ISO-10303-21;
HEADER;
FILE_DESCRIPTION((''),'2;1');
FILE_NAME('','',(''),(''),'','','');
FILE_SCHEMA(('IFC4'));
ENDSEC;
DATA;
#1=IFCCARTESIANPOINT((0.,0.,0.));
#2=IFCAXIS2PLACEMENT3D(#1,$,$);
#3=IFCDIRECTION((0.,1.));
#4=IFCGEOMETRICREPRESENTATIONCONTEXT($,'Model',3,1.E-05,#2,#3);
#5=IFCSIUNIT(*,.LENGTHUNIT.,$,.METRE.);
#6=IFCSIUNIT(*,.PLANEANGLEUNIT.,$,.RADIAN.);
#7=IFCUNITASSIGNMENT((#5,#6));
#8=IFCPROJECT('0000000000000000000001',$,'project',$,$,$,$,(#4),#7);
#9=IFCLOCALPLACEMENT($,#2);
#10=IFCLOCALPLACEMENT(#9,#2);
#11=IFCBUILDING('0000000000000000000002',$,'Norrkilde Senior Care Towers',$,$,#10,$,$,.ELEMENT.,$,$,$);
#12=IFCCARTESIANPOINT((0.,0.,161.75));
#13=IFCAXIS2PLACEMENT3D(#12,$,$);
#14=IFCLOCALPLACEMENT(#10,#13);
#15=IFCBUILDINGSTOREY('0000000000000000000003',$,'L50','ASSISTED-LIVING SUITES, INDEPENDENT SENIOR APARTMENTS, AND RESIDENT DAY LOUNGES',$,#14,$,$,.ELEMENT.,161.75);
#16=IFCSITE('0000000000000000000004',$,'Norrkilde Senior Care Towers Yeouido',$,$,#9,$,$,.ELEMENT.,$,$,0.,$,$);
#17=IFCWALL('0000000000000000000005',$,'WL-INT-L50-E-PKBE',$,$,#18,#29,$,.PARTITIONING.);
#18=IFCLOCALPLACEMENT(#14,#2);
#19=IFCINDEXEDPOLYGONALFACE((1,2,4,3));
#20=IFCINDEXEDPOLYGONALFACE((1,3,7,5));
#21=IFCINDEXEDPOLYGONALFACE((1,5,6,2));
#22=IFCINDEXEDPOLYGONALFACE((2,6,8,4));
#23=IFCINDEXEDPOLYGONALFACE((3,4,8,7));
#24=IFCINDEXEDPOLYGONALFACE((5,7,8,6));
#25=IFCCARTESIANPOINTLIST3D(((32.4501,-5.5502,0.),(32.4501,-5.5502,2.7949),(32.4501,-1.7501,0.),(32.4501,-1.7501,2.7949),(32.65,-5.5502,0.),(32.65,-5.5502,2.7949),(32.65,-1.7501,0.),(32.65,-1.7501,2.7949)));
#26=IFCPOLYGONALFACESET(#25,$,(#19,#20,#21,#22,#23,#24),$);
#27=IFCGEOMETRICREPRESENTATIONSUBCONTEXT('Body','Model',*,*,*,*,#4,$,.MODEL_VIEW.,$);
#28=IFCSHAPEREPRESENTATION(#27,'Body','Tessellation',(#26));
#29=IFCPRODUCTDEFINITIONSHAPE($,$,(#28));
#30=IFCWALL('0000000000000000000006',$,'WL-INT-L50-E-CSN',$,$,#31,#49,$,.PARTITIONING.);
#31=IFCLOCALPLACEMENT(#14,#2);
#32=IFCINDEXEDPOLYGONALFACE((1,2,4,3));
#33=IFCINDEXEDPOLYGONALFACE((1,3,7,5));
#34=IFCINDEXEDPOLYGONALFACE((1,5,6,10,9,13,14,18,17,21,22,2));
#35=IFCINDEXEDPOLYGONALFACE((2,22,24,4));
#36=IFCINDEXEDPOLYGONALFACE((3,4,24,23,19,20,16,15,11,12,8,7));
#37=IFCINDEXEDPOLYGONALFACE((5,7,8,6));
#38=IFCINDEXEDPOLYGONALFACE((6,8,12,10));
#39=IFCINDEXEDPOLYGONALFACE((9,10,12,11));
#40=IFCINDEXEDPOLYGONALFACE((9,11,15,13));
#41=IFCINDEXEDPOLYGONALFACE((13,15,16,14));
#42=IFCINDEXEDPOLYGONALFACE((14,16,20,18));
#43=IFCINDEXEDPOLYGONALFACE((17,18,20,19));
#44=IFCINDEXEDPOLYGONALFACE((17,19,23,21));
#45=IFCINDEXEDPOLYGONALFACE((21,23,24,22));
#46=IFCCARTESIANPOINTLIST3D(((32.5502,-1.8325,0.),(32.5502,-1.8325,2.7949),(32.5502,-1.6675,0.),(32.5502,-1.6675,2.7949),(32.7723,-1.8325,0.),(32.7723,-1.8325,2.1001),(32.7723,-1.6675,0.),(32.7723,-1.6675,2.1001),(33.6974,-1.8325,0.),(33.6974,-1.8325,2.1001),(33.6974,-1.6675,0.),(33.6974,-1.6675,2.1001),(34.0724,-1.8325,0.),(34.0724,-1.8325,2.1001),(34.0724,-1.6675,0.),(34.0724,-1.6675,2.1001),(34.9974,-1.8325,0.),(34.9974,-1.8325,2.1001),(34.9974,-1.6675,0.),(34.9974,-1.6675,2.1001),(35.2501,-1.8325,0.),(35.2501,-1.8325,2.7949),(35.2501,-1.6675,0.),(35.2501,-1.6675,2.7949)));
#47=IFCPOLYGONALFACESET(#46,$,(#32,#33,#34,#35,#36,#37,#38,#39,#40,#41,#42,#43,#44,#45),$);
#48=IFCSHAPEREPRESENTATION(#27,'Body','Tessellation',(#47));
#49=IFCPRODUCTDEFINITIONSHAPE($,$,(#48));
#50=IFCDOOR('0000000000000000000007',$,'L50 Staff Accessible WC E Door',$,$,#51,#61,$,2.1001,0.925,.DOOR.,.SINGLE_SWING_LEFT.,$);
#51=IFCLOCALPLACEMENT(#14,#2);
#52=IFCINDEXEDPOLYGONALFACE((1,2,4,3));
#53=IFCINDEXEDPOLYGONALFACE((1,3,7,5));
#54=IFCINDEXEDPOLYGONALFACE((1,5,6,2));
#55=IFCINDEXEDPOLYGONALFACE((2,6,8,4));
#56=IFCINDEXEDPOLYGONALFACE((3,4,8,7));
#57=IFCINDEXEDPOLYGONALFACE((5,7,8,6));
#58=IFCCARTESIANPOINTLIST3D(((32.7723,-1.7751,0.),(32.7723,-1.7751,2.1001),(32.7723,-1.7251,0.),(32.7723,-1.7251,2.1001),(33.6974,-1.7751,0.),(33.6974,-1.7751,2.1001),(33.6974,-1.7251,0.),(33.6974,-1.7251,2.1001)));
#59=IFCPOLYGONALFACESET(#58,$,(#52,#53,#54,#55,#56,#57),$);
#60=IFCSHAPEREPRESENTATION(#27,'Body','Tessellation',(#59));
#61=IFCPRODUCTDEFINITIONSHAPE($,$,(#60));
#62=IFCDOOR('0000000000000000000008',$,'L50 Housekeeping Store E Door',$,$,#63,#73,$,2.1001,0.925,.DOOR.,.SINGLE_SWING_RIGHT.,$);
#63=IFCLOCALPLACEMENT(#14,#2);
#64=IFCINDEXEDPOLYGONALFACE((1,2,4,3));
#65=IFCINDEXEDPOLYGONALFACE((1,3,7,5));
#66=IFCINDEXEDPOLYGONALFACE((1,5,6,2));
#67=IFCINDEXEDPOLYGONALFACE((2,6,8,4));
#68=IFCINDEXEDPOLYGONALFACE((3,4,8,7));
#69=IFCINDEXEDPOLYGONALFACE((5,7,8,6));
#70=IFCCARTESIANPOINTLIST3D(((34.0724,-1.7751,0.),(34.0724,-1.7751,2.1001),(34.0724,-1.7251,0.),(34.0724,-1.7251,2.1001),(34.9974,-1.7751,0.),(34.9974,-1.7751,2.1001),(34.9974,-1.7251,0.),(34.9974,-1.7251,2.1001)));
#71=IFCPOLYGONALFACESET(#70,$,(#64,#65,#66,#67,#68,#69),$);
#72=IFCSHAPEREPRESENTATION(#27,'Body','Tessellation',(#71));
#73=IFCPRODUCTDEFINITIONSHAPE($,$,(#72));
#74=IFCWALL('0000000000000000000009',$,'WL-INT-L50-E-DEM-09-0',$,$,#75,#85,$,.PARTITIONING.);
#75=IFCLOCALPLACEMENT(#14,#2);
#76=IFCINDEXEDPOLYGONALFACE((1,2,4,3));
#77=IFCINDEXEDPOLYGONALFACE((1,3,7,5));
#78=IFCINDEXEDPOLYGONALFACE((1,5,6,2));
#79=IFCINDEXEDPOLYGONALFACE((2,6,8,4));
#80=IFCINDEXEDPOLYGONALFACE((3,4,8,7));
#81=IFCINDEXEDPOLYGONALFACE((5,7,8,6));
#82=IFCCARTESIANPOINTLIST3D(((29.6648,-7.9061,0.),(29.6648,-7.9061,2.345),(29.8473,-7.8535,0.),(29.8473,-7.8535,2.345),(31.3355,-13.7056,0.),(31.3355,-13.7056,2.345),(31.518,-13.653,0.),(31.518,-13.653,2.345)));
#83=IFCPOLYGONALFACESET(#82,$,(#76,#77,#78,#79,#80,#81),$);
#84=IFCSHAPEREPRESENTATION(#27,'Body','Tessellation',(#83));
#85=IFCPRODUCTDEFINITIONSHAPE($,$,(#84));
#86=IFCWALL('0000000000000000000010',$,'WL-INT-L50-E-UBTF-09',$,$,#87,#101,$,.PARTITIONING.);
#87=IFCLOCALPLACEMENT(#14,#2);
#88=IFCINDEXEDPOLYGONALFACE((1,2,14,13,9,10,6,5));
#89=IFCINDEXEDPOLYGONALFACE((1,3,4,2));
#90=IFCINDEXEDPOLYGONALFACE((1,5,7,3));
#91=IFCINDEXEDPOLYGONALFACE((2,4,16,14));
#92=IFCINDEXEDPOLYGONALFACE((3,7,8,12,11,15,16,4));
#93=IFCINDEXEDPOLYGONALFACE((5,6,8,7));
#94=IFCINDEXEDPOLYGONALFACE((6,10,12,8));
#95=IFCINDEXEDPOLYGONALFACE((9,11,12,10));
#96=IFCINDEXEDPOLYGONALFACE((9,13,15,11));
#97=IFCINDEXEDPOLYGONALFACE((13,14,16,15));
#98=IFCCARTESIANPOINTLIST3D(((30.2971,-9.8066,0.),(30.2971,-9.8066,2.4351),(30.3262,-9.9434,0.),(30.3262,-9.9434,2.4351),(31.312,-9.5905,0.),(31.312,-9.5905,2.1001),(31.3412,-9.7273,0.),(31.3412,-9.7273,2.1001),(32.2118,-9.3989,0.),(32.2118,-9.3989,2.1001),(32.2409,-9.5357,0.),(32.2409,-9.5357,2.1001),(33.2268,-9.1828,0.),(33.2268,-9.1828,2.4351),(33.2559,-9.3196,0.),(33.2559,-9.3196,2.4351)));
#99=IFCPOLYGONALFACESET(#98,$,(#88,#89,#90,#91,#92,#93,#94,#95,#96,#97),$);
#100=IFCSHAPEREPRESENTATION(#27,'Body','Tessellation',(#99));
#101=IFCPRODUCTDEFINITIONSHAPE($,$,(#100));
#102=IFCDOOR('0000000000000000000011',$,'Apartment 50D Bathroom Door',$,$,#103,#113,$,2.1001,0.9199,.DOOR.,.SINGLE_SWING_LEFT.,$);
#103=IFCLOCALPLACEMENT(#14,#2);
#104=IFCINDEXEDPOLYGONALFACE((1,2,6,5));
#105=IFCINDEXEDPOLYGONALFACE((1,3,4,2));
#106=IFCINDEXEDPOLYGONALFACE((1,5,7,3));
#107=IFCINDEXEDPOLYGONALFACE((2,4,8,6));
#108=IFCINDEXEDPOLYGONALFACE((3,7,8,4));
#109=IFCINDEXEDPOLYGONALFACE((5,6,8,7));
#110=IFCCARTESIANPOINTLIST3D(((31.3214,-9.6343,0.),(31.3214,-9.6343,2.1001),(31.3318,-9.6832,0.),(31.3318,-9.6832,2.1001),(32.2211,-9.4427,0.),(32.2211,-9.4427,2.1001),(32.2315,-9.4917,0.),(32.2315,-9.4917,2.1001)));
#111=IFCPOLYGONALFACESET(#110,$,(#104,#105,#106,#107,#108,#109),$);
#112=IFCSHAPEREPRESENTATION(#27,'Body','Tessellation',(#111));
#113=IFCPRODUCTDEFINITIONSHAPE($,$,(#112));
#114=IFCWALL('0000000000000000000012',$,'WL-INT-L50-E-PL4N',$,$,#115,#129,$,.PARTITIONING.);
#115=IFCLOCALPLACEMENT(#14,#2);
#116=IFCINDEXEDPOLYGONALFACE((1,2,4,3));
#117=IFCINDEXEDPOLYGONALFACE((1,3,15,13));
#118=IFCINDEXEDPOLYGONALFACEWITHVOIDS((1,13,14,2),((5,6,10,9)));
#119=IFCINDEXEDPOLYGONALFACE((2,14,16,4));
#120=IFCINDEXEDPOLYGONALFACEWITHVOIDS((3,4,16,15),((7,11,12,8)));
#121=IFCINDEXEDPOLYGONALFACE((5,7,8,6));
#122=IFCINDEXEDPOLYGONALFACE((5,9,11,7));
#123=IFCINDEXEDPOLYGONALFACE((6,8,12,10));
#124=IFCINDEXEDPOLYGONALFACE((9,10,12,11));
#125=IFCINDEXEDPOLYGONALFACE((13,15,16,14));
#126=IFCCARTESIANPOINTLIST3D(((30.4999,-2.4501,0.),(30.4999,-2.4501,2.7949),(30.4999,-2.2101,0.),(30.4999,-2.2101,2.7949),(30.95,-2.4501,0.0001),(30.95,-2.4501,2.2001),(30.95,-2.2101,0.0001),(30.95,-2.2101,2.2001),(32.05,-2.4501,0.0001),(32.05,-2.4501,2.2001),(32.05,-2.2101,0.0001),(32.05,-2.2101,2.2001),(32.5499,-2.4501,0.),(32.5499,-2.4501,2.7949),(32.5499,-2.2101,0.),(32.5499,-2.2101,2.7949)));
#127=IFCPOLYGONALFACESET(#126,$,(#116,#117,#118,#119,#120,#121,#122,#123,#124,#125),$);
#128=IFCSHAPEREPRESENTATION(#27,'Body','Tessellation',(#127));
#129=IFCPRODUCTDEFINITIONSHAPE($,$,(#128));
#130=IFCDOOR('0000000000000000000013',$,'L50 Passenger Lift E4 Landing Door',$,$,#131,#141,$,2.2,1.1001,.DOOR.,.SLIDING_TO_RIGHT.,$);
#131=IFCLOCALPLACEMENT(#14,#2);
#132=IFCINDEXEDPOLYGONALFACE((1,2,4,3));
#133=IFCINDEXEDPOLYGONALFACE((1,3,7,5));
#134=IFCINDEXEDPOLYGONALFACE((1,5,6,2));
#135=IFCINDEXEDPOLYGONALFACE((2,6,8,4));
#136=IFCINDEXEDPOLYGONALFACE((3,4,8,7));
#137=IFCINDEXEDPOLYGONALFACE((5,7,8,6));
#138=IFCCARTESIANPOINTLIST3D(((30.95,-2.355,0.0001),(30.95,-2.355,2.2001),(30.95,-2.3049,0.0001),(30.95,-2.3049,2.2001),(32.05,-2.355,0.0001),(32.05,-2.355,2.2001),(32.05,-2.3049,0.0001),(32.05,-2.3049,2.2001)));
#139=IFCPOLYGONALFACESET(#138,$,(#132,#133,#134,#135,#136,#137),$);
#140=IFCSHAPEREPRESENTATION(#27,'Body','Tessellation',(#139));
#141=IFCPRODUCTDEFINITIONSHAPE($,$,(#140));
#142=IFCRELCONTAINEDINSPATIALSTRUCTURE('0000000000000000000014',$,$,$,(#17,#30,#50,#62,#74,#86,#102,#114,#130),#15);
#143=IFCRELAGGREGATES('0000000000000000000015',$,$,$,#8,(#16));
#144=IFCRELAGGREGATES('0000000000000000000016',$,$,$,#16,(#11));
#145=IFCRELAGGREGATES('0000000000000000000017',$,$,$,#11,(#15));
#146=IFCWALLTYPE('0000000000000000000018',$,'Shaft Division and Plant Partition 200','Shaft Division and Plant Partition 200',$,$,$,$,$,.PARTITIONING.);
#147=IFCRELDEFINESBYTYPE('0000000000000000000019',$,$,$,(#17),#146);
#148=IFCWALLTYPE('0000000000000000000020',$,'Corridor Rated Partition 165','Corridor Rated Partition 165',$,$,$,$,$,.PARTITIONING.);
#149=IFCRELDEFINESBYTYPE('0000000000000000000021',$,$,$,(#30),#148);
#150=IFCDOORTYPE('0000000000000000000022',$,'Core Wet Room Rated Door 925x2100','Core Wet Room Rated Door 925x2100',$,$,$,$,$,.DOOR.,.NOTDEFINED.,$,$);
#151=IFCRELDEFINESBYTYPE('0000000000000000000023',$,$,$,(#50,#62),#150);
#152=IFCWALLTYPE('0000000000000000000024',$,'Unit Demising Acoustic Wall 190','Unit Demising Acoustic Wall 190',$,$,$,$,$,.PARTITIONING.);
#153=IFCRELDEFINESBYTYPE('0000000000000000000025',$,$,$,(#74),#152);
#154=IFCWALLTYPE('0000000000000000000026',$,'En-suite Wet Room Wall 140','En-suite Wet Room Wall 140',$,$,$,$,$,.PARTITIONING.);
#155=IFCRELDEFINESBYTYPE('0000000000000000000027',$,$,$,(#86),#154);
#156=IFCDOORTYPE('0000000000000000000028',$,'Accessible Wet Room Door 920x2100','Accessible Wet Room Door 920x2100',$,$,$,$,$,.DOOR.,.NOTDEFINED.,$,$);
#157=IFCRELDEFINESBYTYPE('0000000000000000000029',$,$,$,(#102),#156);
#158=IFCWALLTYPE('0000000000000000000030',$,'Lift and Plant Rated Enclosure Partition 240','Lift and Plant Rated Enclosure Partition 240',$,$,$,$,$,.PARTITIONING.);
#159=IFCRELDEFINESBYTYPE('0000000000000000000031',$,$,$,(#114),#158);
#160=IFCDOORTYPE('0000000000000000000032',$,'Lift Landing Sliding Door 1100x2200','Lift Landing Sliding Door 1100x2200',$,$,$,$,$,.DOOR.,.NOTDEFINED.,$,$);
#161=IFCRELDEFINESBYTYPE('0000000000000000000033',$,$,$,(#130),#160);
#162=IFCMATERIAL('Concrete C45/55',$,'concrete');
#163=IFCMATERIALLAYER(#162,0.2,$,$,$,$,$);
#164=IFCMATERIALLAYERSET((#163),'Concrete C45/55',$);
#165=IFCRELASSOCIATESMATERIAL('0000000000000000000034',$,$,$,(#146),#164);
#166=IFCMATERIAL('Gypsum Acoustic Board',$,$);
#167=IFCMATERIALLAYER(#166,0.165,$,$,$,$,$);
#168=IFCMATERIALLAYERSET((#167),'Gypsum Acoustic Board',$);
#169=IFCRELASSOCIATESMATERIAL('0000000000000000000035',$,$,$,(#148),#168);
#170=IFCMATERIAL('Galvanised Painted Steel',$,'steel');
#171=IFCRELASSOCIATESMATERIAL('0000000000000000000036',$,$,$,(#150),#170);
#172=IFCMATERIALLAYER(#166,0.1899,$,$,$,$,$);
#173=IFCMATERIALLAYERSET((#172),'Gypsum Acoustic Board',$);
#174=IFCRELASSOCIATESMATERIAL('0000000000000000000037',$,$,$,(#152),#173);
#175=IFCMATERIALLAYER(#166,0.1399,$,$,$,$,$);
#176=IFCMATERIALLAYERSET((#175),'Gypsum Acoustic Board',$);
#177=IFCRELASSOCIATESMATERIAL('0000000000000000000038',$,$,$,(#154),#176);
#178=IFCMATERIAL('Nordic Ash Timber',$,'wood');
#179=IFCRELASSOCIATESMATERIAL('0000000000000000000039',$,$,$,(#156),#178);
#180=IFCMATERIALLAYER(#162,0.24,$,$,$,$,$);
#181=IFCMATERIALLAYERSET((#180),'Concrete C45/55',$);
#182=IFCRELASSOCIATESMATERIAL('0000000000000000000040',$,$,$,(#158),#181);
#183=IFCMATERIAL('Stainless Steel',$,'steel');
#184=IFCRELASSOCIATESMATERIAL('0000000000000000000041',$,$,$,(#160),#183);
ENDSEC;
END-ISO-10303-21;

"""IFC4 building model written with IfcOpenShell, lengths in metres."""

from ifc_helpers import new_model, si_unit, direction, frame, frame_2d, origin, place, context, subcontext, project, spatial, rectangle, extrude, source, transform, mapped, material, layer, layer_set, type_object, type_shapes, element, fill, save


model = new_model("IFC4")

# Units and contexts
model_context = context("Model", 3, precision=1e-05, world=origin(), true_north=direction((0.0, 1.0)))
body_context = subcontext(model_context, "Body", "Model", "MODEL_VIEW")
ifc_project = project(units=[si_unit("LENGTHUNIT", "METRE"), si_unit("PLANEANGLEUNIT", "RADIAN")], contexts=[model_context])

# Site, building, storey
site_placement = place(None, origin())
site = spatial("IfcSite", under=ifc_project, at=site_placement, Name="Norrkilde Senior Care Towers Yeouido", CompositionType="ELEMENT", RefElevation=0.0)
building_placement = place(site_placement, origin())
building = spatial("IfcBuilding", under=site, at=building_placement, Name="Norrkilde Senior Care Towers", CompositionType="ELEMENT")
storey_placement = place(building_placement, frame((0.0, 0.0, 161.75)))
storey = spatial("IfcBuildingStorey", under=building, at=storey_placement, Name="L50", Description="ASSISTED-LIVING SUITES, INDEPENDENT SENIOR APARTMENTS, AND RESIDENT DAY LOUNGES", CompositionType="ELEMENT", Elevation=161.75)

# Wall
ifc_material_1 = material(Name="Concrete C45/55", Category="concrete")
ifc_layer_1 = layer(ifc_material_1, 0.2)
ifc_layer_set_1 = layer_set([ifc_layer_1], Name="Concrete C45/55")
wall_type_1 = type_object("IfcWallType", Name="Shaft Division and Plant Partition 200", Description="Shaft Division and Plant Partition 200", PredefinedType="PARTITIONING", material=ifc_layer_set_1)
shared_shape_1 = source(origin(), body_context, "Body", "SweptSolid", [
    extrude(rectangle(XDim=3.8, YDim=0.2, at=frame_2d((1.8999, 0.0))), origin(), (0.0, 0.0, 1.0), 2.7949),
])
type_shapes(wall_type_1, [shared_shape_1])
wall_1_placement = place(storey_placement, frame((32.55, -5.55, 0.0), z_axis=(0.0, 0.0, 1.0), x_axis=(0.0, 1.0, 0.0)))
element("IfcWall", 1, at=wall_1_placement, inside=storey, type_object=wall_type_1, Name="WL-INT-L50-E-PKBE", PredefinedType="PARTITIONING", context=body_context, shape_type="MappedRepresentation", body=[
    mapped(shared_shape_1, transform((0.0, 0.0, 0.0), x_axis=(1.0, 0.0, 0.0), y_axis=(0.0, 1.0, 0.0), z_axis=(0.0, 0.0, 1.0), scale=1.0)),
])

# Wall, openings, doors
ifc_material_2 = material(Name="Gypsum Acoustic Board")
ifc_layer_2 = layer(ifc_material_2, 0.165)
ifc_layer_set_2 = layer_set([ifc_layer_2], Name="Gypsum Acoustic Board")
wall_type_2 = type_object("IfcWallType", Name="Corridor Rated Partition 165", Description="Corridor Rated Partition 165", PredefinedType="PARTITIONING", material=ifc_layer_set_2)
shared_shape_2 = source(origin(), body_context, "Body", "SweptSolid", [
    extrude(rectangle(XDim=2.7, YDim=0.165, at=frame_2d((1.3501, 0.0))), origin(), (0.0, 0.0, 1.0), 2.7949),
])
wall_2_placement = place(storey_placement, frame((32.55, -1.75, 0.0), z_axis=(0.0, 0.0, 1.0), x_axis=(1.0, 0.0, 0.0)))
wall_2 = element("IfcWall", 2, at=wall_2_placement, inside=storey, type_object=wall_type_2, Name="WL-INT-L50-E-CSN", PredefinedType="PARTITIONING", context=body_context, shape_type="MappedRepresentation", body=[
    mapped(shared_shape_2, transform((0.0, 0.0, 0.0), x_axis=(1.0, 0.0, 0.0), y_axis=(0.0, 1.0, 0.0), z_axis=(0.0, 0.0, 1.0), scale=1.0)),
])
opening_1_placement = place(wall_2_placement, frame((0.2224, 0.0, 0.0)))
opening_1 = element("IfcOpeningElement", 3, at=opening_1_placement, cuts=wall_2, PredefinedType="OPENING", context=body_context, shape_type="SweptSolid", body=[
    extrude(rectangle(XDim=0.925, YDim=2.1001, at=frame_2d((0.4624, 1.05))), frame((0.0, 0.0925, 0.0), z_axis=(0.0, -1.0, 0.0), x_axis=(1.0, 0.0, 0.0)), (0.0, 0.0, 1.0), 0.1851),
])
opening_2_placement = place(wall_2_placement, frame((1.5225, 0.0, 0.0)))
opening_2 = element("IfcOpeningElement", 4, at=opening_2_placement, cuts=wall_2, PredefinedType="OPENING", context=body_context, shape_type="SweptSolid", body=[
    extrude(rectangle(XDim=0.925, YDim=2.1001, at=frame_2d((0.4624, 1.05))), frame((0.0, 0.0925, 0.0), z_axis=(0.0, -1.0, 0.0), x_axis=(1.0, 0.0, 0.0)), (0.0, 0.0, 1.0), 0.1851),
])
ifc_material_3 = material(Name="Galvanised Painted Steel", Category="steel")
door_type_1 = type_object("IfcDoorType", Name="Core Wet Room Rated Door 925x2100", Description="Core Wet Room Rated Door 925x2100", OperationType="NOTDEFINED", PredefinedType="DOOR", material=ifc_material_3)
shared_shape_3 = source(origin(), body_context, "Body", "SweptSolid", [
    extrude(rectangle(XDim=0.925, YDim=2.1001, at=frame_2d((0.4624, 1.05))), frame((0.0, 0.0249, 0.0), z_axis=(0.0, -1.0, 0.0), x_axis=(1.0, 0.0, 0.0)), (0.0, 0.0, 1.0), 0.05),
])
type_shapes(door_type_1, [shared_shape_3])
door_1_placement = place(opening_1_placement, origin())
door_1 = element("IfcDoor", 5, at=door_1_placement, inside=storey, type_object=door_type_1, Name="L50 Staff Accessible WC E Door", OperationType="SINGLE_SWING_LEFT", OverallHeight=2.1001, OverallWidth=0.925, PredefinedType="DOOR", context=body_context, shape_type="MappedRepresentation", body=[
    mapped(shared_shape_3, transform((0.0, 0.0, 0.0), x_axis=(1.0, 0.0, 0.0), y_axis=(0.0, 1.0, 0.0), z_axis=(0.0, 0.0, 1.0), scale=1.0)),
])
fill(opening_1, door_1)
door_2_placement = place(opening_2_placement, origin())
door_2 = element("IfcDoor", 6, at=door_2_placement, inside=storey, type_object=door_type_1, Name="L50 Housekeeping Store E Door", OperationType="SINGLE_SWING_RIGHT", OverallHeight=2.1001, OverallWidth=0.925, PredefinedType="DOOR", context=body_context, shape_type="MappedRepresentation", body=[
    mapped(shared_shape_3, transform((0.0, 0.0, 0.0), x_axis=(1.0, 0.0, 0.0), y_axis=(0.0, 1.0, 0.0), z_axis=(0.0, 0.0, 1.0), scale=1.0)),
])
fill(opening_2, door_2)

# Wall
ifc_layer_3 = layer(ifc_material_2, 0.1899)
ifc_layer_set_3 = layer_set([ifc_layer_3], Name="Gypsum Acoustic Board")
wall_type_3 = type_object("IfcWallType", Name="Unit Demising Acoustic Wall 190", Description="Unit Demising Acoustic Wall 190", PredefinedType="PARTITIONING", material=ifc_layer_set_3)
shared_shape_4 = source(origin(), body_context, "Body", "SweptSolid", [
    extrude(rectangle(XDim=6.0354, YDim=0.1899, at=frame_2d((3.0176, 0.0))), origin(), (0.0, 0.0, 1.0), 2.345),
])
type_shapes(wall_type_3, [shared_shape_4])
wall_3_placement = place(storey_placement, frame((29.7561, -7.8799, 0.0), z_axis=(0.0, 0.0, 1.0), x_axis=(0.276809, -0.960925, 0.0)))
element("IfcWall", 7, at=wall_3_placement, inside=storey, type_object=wall_type_3, Name="WL-INT-L50-E-DEM-09-0", PredefinedType="PARTITIONING", context=body_context, shape_type="MappedRepresentation", body=[
    mapped(shared_shape_4, transform((0.0, 0.0, 0.0), x_axis=(1.0, 0.0, 0.0), y_axis=(0.0, 1.0, 0.0), z_axis=(0.0, 0.0, 1.0), scale=1.0)),
])

# Walls, openings, doors
ifc_layer_4 = layer(ifc_material_2, 0.1399)
ifc_layer_set_4 = layer_set([ifc_layer_4], Name="Gypsum Acoustic Board")
wall_type_4 = type_object("IfcWallType", Name="En-suite Wet Room Wall 140", Description="En-suite Wet Room Wall 140", PredefinedType="PARTITIONING", material=ifc_layer_set_4)
shared_shape_5 = source(origin(), body_context, "Body", "SweptSolid", [
    extrude(rectangle(XDim=2.9954, YDim=0.1399, at=frame_2d((1.4976, 0.0))), origin(), (0.0, 0.0, 1.0), 2.4351),
])
wall_4_placement = place(storey_placement, frame((33.2412, -9.2512, 0.0), z_axis=(0.0, 0.0, 1.0), x_axis=(-0.978076, -0.208249, 0.0)))
wall_4 = element("IfcWall", 8, at=wall_4_placement, inside=storey, type_object=wall_type_4, Name="WL-INT-L50-E-UBTF-09", PredefinedType="PARTITIONING", context=body_context, shape_type="MappedRepresentation", body=[
    mapped(shared_shape_5, transform((0.0, 0.0, 0.0), x_axis=(1.0, 0.0, 0.0), y_axis=(0.0, 1.0, 0.0), z_axis=(0.0, 0.0, 1.0), scale=1.0)),
])
opening_3_placement = place(wall_4_placement, frame((1.0376, 0.0, 0.0)))
opening_3 = element("IfcOpeningElement", 9, at=opening_3_placement, cuts=wall_4, PredefinedType="OPENING", context=body_context, shape_type="SweptSolid", body=[
    extrude(rectangle(XDim=0.9199, YDim=2.1001, at=frame_2d((0.46, 1.05))), frame((0.0, 0.0798, 0.0), z_axis=(0.0, -1.0, 0.0), x_axis=(1.0, 0.0, 0.0)), (0.0, 0.0, 1.0), 0.1599),
])
ifc_material_4 = material(Name="Nordic Ash Timber", Category="wood")
door_type_2 = type_object("IfcDoorType", Name="Accessible Wet Room Door 920x2100", Description="Accessible Wet Room Door 920x2100", OperationType="NOTDEFINED", PredefinedType="DOOR", material=ifc_material_4)
shared_shape_6 = source(origin(), body_context, "Body", "SweptSolid", [
    extrude(rectangle(XDim=0.9199, YDim=2.1001, at=frame_2d((0.46, 1.05))), frame((0.0, 0.0249, 0.0), z_axis=(0.0, -1.0, 0.0), x_axis=(1.0, 0.0, 0.0)), (0.0, 0.0, 1.0), 0.05),
])
type_shapes(door_type_2, [shared_shape_6])
door_3_placement = place(opening_3_placement, origin())
door_3 = element("IfcDoor", 10, at=door_3_placement, inside=storey, type_object=door_type_2, Name="Apartment 50D Bathroom Door", OperationType="SINGLE_SWING_LEFT", OverallHeight=2.1001, OverallWidth=0.9199, PredefinedType="DOOR", context=body_context, shape_type="MappedRepresentation", body=[
    mapped(shared_shape_6, transform((0.0, 0.0, 0.0), x_axis=(1.0, 0.0, 0.0), y_axis=(0.0, 1.0, 0.0), z_axis=(0.0, 0.0, 1.0), scale=1.0)),
])
fill(opening_3, door_3)
ifc_layer_5 = layer(ifc_material_1, 0.24)
ifc_layer_set_5 = layer_set([ifc_layer_5], Name="Concrete C45/55")
wall_type_5 = type_object("IfcWallType", Name="Lift and Plant Rated Enclosure Partition 240", Description="Lift and Plant Rated Enclosure Partition 240", PredefinedType="PARTITIONING", material=ifc_layer_set_5)
shared_shape_7 = source(origin(), body_context, "Body", "SweptSolid", [
    extrude(rectangle(XDim=2.05, YDim=0.24, at=frame_2d((1.0249, 0.0))), origin(), (0.0, 0.0, 1.0), 2.7949),
])
type_shapes(wall_type_5, [shared_shape_7])
wall_5_placement = place(storey_placement, frame((30.5, -2.3301, 0.0), z_axis=(0.0, 0.0, 1.0), x_axis=(1.0, 0.0, 0.0)))
wall_5 = element("IfcWall", 11, at=wall_5_placement, inside=storey, type_object=wall_type_5, Name="WL-INT-L50-E-PL4N", PredefinedType="PARTITIONING", context=body_context, shape_type="MappedRepresentation", body=[
    mapped(shared_shape_7, transform((0.0, 0.0, 0.0), x_axis=(1.0, 0.0, 0.0), y_axis=(0.0, 1.0, 0.0), z_axis=(0.0, 0.0, 1.0), scale=1.0)),
])
opening_4_placement = place(wall_5_placement, frame((0.45, 0.0, 0.0)))
opening_4 = element("IfcOpeningElement", 12, at=opening_4_placement, cuts=wall_5, PredefinedType="OPENING", context=body_context, shape_type="SweptSolid", body=[
    extrude(rectangle(XDim=1.1001, YDim=2.2, at=frame_2d((0.55, 1.1001))), frame((0.0, 0.1299, 0.0), z_axis=(0.0, -1.0, 0.0), x_axis=(1.0, 0.0, 0.0)), (0.0, 0.0, 1.0), 0.26),
])
ifc_material_5 = material(Name="Stainless Steel", Category="steel")
door_type_3 = type_object("IfcDoorType", Name="Lift Landing Sliding Door 1100x2200", Description="Lift Landing Sliding Door 1100x2200", OperationType="NOTDEFINED", PredefinedType="DOOR", material=ifc_material_5)
shared_shape_8 = source(origin(), body_context, "Body", "SweptSolid", [
    extrude(rectangle(XDim=1.1001, YDim=2.2, at=frame_2d((0.55, 1.1001))), frame((0.0, 0.0249, 0.0), z_axis=(0.0, -1.0, 0.0), x_axis=(1.0, 0.0, 0.0)), (0.0, 0.0, 1.0), 0.05),
])
type_shapes(door_type_3, [shared_shape_8])
door_4_placement = place(opening_4_placement, frame((1.1001, 0.0, 0.0), z_axis=(0.0, 0.0, 1.0), x_axis=(-1.0, 0.0, 0.0)))
door_4 = element("IfcDoor", 13, at=door_4_placement, inside=storey, type_object=door_type_3, Name="L50 Passenger Lift E4 Landing Door", OperationType="SLIDING_TO_RIGHT", OverallHeight=2.2, OverallWidth=1.1001, PredefinedType="DOOR", context=body_context, shape_type="MappedRepresentation", body=[
    mapped(shared_shape_8, transform((0.0, 0.0, 0.0), x_axis=(1.0, 0.0, 0.0), y_axis=(0.0, 1.0, 0.0), z_axis=(0.0, 0.0, 1.0), scale=1.0)),
])
fill(opening_4, door_4)

save(model, "model.ifc")
